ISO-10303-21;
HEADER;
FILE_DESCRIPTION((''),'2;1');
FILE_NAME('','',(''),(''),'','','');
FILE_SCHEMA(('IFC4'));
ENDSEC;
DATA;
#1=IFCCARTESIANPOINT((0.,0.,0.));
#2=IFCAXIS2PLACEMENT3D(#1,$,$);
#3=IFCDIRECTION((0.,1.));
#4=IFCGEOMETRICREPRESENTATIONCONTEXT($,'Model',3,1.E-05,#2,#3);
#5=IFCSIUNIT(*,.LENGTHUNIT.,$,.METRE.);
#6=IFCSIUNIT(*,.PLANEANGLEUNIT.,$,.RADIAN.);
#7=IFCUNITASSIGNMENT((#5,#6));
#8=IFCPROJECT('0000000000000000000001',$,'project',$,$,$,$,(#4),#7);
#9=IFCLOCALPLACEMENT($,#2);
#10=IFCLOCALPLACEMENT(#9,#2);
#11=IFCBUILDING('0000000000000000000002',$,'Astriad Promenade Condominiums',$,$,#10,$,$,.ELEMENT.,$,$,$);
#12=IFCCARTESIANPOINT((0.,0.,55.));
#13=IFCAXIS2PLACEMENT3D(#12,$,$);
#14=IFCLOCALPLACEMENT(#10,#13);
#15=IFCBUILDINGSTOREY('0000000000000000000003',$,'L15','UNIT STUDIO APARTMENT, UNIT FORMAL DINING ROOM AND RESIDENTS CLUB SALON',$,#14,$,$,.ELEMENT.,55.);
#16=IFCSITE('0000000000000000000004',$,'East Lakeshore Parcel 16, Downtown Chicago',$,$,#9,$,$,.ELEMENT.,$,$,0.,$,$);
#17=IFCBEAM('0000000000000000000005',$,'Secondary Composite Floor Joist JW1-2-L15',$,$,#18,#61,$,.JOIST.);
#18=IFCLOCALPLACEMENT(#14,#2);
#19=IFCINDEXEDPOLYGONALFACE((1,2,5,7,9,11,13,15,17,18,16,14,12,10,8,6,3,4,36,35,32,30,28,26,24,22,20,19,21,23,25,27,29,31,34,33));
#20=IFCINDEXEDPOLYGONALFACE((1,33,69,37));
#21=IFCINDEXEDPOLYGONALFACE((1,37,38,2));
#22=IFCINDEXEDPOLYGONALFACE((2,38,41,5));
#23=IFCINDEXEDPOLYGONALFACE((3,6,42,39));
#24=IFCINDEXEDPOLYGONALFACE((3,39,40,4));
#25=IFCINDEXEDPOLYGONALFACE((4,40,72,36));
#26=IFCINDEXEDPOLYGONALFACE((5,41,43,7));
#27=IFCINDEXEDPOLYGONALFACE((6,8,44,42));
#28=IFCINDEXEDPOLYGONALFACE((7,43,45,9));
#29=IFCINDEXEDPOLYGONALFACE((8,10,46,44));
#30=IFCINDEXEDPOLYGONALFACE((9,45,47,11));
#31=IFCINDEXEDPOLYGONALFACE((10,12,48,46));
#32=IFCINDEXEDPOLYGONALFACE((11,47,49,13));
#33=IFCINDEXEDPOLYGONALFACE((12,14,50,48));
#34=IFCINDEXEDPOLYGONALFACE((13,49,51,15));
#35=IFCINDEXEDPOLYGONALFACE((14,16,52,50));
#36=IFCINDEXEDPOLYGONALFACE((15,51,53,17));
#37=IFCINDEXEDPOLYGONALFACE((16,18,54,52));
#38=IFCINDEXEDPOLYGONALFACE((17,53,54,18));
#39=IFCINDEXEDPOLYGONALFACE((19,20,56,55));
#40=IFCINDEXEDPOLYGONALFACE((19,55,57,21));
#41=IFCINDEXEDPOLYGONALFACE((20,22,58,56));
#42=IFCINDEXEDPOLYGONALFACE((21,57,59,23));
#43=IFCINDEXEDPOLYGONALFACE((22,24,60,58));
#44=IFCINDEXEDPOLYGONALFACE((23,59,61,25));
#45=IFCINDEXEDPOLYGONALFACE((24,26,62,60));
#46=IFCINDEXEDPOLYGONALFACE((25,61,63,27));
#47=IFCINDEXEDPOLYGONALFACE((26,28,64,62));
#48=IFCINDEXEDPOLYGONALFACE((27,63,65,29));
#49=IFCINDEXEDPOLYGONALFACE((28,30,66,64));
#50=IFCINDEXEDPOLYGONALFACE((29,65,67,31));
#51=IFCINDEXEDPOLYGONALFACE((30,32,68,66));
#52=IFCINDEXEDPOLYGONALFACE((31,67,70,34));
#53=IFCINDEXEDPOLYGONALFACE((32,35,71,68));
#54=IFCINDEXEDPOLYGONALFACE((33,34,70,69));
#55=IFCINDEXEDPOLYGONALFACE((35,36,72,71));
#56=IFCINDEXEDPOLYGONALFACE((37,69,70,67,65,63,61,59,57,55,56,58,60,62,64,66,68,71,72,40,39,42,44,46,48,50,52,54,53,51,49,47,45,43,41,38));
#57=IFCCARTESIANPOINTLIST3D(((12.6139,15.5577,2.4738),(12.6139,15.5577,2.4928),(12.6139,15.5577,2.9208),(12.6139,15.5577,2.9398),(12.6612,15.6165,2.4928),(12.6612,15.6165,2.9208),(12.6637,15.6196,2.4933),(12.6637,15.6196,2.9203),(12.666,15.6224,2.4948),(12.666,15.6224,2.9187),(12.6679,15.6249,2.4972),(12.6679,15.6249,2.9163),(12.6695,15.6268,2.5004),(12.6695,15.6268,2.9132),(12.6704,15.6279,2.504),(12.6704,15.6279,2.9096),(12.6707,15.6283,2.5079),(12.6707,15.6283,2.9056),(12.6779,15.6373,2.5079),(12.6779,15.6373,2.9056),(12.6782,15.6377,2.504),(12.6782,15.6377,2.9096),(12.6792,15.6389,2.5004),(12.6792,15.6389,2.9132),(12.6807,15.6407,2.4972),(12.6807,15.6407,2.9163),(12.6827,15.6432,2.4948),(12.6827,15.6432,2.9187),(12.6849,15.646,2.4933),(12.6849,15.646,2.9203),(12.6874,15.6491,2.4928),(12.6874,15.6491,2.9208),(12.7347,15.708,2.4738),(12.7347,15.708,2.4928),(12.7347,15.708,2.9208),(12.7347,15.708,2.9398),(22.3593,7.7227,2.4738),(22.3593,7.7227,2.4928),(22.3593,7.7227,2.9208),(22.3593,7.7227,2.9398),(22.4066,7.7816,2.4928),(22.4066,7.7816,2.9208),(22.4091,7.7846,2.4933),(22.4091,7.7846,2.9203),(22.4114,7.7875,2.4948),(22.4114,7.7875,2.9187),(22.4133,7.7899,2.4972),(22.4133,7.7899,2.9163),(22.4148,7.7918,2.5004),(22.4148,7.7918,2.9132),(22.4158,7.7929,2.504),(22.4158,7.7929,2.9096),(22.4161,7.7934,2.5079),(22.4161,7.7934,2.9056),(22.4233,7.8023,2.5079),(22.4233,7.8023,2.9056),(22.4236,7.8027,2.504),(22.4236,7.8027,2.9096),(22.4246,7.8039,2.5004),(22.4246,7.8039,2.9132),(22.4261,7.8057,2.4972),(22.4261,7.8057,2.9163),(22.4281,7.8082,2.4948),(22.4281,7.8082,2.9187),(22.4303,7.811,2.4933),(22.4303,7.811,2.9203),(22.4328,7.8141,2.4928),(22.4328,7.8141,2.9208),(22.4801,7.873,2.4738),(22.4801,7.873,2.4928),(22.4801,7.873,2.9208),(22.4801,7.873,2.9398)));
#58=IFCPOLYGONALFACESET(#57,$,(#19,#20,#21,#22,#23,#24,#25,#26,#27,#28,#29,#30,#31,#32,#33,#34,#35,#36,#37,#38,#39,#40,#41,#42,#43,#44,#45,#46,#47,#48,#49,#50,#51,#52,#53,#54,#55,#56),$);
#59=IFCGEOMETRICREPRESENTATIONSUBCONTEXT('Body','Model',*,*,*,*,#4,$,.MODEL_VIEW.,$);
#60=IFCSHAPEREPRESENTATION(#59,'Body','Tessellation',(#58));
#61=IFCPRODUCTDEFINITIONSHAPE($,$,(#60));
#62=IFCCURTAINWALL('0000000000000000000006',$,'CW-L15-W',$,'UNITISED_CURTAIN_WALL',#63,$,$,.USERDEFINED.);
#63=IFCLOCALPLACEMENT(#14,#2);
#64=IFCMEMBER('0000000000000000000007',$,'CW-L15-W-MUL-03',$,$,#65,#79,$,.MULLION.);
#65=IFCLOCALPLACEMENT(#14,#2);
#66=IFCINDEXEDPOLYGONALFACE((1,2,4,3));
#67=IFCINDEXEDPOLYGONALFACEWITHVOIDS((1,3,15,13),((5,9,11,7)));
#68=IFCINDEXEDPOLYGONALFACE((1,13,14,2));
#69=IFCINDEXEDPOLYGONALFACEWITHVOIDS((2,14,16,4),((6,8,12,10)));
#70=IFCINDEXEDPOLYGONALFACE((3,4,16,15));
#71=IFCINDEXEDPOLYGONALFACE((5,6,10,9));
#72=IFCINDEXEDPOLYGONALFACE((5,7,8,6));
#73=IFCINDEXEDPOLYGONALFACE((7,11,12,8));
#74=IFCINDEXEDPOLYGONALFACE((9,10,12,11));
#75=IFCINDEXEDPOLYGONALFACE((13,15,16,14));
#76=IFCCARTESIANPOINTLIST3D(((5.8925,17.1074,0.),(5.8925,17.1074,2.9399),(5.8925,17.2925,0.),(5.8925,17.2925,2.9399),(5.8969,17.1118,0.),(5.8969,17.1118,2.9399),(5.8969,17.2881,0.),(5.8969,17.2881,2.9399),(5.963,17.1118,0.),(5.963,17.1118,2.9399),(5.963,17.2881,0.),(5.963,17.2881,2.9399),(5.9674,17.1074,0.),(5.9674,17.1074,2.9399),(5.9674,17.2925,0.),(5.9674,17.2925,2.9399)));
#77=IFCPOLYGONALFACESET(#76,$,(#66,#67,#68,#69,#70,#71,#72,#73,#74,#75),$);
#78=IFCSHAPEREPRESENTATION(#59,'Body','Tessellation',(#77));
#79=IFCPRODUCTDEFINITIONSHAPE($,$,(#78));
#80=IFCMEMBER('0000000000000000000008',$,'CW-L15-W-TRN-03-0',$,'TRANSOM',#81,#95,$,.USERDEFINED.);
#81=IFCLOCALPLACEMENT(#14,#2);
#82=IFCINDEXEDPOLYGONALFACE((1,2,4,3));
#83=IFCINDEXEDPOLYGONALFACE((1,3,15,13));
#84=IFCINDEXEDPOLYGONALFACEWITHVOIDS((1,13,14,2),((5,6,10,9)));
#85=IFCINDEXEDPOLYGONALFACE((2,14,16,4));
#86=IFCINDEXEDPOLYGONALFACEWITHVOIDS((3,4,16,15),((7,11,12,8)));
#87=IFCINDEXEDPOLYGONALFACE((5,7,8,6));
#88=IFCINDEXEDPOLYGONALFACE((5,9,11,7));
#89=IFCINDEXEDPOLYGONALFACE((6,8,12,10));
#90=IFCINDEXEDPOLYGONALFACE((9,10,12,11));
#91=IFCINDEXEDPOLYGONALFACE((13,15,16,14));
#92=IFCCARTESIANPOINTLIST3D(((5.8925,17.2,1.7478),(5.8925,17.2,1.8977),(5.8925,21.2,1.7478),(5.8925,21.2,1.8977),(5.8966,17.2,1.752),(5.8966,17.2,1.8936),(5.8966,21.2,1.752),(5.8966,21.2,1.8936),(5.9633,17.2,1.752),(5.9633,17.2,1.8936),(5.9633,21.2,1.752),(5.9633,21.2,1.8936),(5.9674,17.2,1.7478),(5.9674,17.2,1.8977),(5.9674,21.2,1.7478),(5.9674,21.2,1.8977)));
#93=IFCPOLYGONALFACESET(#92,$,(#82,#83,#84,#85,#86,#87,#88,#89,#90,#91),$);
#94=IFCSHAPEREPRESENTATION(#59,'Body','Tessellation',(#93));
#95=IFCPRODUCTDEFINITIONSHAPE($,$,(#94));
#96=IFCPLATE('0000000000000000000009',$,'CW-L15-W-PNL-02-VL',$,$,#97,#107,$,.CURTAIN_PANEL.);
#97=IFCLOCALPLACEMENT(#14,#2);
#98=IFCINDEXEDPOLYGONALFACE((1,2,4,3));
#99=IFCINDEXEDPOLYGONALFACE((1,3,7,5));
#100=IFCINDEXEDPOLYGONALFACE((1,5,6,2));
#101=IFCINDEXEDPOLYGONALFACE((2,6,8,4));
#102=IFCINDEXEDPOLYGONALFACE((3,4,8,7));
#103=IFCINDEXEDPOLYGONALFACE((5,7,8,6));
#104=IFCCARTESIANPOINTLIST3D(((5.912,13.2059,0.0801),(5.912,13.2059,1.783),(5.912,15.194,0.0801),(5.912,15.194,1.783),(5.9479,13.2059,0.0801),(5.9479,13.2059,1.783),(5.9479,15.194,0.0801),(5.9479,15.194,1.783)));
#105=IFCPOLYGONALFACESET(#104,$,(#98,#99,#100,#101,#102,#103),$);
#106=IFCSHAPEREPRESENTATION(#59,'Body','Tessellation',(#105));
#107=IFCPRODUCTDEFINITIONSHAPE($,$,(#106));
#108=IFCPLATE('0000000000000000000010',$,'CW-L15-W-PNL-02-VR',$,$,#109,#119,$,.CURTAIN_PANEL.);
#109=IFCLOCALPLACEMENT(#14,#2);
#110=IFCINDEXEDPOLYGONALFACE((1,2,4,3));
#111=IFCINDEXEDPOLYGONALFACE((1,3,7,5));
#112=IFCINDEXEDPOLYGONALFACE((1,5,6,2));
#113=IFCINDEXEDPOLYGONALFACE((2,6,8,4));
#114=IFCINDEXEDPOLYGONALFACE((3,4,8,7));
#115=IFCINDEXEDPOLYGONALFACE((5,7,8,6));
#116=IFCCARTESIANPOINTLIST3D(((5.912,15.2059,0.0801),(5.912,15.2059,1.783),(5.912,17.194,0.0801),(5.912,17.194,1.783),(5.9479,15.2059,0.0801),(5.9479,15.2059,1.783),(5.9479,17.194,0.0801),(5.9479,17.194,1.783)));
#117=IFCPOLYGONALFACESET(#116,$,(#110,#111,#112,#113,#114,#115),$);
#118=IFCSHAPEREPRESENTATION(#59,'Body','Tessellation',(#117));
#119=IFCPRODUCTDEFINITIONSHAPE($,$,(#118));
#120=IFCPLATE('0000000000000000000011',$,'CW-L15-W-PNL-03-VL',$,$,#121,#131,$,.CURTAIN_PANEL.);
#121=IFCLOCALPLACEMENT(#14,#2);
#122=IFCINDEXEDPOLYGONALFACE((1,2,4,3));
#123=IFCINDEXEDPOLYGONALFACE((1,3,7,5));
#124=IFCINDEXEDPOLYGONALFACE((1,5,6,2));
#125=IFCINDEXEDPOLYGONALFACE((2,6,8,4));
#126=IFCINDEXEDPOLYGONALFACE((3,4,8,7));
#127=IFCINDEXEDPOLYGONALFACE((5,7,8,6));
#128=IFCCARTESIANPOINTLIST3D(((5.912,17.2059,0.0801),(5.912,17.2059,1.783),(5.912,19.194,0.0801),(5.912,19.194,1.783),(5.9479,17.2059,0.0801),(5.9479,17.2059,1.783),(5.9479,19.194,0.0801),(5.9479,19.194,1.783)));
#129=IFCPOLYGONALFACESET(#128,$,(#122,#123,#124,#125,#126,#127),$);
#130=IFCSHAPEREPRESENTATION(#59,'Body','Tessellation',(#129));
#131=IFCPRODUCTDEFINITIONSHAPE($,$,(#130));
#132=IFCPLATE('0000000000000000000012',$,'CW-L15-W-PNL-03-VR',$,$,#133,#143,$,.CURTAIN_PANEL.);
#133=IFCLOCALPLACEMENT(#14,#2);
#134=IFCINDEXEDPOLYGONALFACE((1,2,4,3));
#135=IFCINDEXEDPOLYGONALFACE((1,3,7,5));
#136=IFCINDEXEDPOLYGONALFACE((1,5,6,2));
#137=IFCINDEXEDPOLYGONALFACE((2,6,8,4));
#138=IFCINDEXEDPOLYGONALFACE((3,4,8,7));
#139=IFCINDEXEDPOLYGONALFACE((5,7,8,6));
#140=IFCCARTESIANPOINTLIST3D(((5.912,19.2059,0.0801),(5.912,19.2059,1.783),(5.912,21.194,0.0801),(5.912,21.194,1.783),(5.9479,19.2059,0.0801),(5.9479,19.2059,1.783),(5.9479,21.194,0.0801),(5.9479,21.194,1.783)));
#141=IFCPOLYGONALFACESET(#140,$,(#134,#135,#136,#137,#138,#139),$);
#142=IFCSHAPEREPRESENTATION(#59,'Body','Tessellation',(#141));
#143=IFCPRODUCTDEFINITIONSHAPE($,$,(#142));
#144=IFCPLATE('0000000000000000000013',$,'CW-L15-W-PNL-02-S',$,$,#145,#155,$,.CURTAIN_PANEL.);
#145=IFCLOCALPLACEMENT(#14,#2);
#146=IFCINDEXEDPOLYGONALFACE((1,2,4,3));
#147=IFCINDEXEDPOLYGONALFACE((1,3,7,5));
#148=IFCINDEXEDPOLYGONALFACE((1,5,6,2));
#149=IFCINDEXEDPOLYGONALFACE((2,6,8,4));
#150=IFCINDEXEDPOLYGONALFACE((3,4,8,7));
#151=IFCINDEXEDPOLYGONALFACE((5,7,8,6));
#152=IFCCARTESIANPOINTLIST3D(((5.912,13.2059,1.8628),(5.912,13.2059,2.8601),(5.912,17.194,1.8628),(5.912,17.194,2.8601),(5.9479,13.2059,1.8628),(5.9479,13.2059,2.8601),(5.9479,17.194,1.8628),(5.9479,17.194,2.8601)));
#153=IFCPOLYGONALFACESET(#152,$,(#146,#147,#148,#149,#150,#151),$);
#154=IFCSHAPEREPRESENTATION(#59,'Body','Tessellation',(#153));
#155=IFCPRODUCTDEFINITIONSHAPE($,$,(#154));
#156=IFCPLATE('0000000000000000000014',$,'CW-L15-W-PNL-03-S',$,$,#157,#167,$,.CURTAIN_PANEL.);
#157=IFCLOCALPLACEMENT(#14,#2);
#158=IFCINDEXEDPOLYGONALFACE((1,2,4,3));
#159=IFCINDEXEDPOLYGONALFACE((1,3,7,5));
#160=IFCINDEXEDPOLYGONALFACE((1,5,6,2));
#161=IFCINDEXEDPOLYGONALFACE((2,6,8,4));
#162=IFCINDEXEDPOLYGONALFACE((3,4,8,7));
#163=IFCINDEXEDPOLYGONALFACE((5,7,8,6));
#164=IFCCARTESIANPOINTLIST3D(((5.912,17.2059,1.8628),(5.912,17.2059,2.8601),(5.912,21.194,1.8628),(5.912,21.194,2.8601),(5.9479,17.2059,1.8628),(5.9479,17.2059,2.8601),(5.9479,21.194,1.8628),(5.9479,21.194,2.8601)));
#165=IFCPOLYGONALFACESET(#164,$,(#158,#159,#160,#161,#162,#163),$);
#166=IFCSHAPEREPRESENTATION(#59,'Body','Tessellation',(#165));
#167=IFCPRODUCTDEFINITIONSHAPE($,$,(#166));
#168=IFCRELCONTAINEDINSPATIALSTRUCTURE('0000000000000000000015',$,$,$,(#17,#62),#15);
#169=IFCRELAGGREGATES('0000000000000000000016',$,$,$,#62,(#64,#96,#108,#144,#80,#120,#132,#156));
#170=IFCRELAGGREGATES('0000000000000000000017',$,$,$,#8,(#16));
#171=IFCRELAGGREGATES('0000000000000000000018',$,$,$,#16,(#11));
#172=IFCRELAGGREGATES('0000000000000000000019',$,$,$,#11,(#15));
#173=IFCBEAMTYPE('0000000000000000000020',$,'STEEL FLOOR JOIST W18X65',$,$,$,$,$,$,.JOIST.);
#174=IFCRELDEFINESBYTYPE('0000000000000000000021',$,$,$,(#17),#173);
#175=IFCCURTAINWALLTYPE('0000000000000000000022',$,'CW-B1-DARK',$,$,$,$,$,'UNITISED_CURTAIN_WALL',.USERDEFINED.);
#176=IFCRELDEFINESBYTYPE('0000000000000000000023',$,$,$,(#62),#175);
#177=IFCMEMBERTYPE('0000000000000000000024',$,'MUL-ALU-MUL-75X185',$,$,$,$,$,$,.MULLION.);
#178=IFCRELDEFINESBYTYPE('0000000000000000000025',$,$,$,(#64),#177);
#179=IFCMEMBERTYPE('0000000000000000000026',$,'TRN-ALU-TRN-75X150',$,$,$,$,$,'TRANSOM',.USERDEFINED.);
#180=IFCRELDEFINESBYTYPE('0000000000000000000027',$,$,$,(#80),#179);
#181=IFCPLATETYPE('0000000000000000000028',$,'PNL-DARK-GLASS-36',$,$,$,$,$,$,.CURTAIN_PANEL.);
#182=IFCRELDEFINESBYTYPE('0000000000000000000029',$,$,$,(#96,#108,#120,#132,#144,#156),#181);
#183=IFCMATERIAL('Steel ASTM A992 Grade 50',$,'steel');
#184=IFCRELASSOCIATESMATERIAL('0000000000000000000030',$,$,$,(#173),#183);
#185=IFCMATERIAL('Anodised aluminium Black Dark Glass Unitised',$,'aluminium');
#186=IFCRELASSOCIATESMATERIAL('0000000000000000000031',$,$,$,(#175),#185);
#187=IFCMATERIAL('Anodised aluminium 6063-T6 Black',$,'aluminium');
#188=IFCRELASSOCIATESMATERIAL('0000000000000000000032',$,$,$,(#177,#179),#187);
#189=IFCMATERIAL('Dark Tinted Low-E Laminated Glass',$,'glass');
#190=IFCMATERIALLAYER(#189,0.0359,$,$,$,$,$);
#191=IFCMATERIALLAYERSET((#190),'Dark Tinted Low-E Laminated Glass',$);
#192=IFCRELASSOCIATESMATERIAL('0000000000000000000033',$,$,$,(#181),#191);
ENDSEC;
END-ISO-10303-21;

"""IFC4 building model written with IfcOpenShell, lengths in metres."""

from ifc_helpers import new_model, si_unit, direction, frame, origin, origin_2d, place, context, subcontext, project, spatial, rectangle, hollow_rectangle, i_section, extrude, source, transform, mapped, material, layer, layer_set, material_profile, profile_set, type_object, type_shapes, element, aggregate, save


model = new_model("IFC4")

# Units and contexts
model_context = context("Model", 3, precision=1e-05, world=origin(), true_north=direction((0.0, 1.0)))
body_context = subcontext(model_context, "Body", "Model", "MODEL_VIEW")
ifc_project = project(units=[si_unit("LENGTHUNIT", "METRE"), si_unit("PLANEANGLEUNIT", "RADIAN")], contexts=[model_context])

# Site, building, storey
site_placement = place(None, origin())
site = spatial("IfcSite", under=ifc_project, at=site_placement, Name="East Lakeshore Parcel 16, Downtown Chicago", CompositionType="ELEMENT", RefElevation=0.0)
building_placement = place(site_placement, origin())
building = spatial("IfcBuilding", under=site, at=building_placement, Name="Astriad Promenade Condominiums", CompositionType="ELEMENT")
storey_placement = place(building_placement, frame((0.0, 0.0, 55.0)))
storey = spatial("IfcBuildingStorey", under=building, at=storey_placement, Name="L15", Description="UNIT STUDIO APARTMENT, UNIT FORMAL DINING ROOM AND RESIDENTS CLUB SALON", CompositionType="ELEMENT", Elevation=55.0)

# Beam
ifc_material_1 = material(Name="Steel ASTM A992 Grade 50", Category="steel")
ifc_material_profile_1 = material_profile(ifc_material_1, i_section(OverallWidth=0.1929, OverallDepth=0.4661, WebThickness=0.0115, FlangeThickness=0.019, FilletRadius=0.0151, at=origin_2d()), Name="W18X65")
ifc_profile_set_1 = profile_set([ifc_material_profile_1], Name="Steel ASTM A992 Grade 50")
beam_type_1 = type_object("IfcBeamType", Name="STEEL FLOOR JOIST W18X65", PredefinedType="JOIST", material=ifc_profile_set_1)
shared_shape_1 = source(origin(), body_context, "Body", "SweptSolid", [
    extrude(i_section(OverallWidth=0.1929, OverallDepth=0.4661, WebThickness=0.0115, FlangeThickness=0.019, FilletRadius=0.0151, at=origin_2d()), origin(), (0.0, 0.0, 1.0), 12.5044),
])
beam_1_placement = place(storey_placement, frame((12.6743, 15.6328, 2.7068), z_axis=(0.779358, -0.626579, 0.0), x_axis=(0.626579, 0.779358, 0.0)))
element("IfcBeam", 1, at=beam_1_placement, inside=storey, type_object=beam_type_1, Name="Secondary Composite Floor Joist JW1-2-L15", PredefinedType="JOIST", context=body_context, shape_type="MappedRepresentation", body=[
    mapped(shared_shape_1, transform((0.0, 0.0, 0.0), scale=1.0)),
])

# Curtain wall, members, plates
ifc_material_2 = material(Name="Anodised aluminium Black Dark Glass Unitised", Category="aluminium")
curtain_wall_type = type_object("IfcCurtainWallType", Name="CW-B1-DARK", ElementType="UNITISED_CURTAIN_WALL", PredefinedType="USERDEFINED", material=ifc_material_2)
curtain_wall_placement = place(storey_placement, origin())
curtain_wall = element("IfcCurtainWall", 2, at=curtain_wall_placement, inside=storey, type_object=curtain_wall_type, Name="CW-L15-W", ObjectType="UNITISED_CURTAIN_WALL", PredefinedType="USERDEFINED")
ifc_material_3 = material(Name="Anodised aluminium 6063-T6 Black", Category="aluminium")
ifc_material_profile_2 = material_profile(ifc_material_3, hollow_rectangle(XDim=0.075, YDim=0.1851, WallThickness=0.0044, at=origin_2d()), Name="ALU-MUL-75X185")
ifc_profile_set_2 = profile_set([ifc_material_profile_2], Name="Anodised aluminium 6063-T6 Black")
member_type_1 = type_object("IfcMemberType", Name="MUL-ALU-MUL-75X185", PredefinedType="MULLION", material=ifc_profile_set_2)
shared_shape_2 = source(origin(), body_context, "Body", "SweptSolid", [
    extrude(hollow_rectangle(XDim=0.075, YDim=0.1851, WallThickness=0.0044, at=origin_2d()), origin(), (0.0, 0.0, 1.0), 2.9399),
])
type_shapes(member_type_1, [shared_shape_2])
member_1_placement = place(storey_placement, frame((5.9299, 17.2, 0.0), z_axis=(0.0, 0.0, 1.0), x_axis=(1.0, 0.0, 0.0)))
member_1 = element("IfcMember", 3, at=member_1_placement, type_object=member_type_1, Name="CW-L15-W-MUL-03", PredefinedType="MULLION", context=body_context, shape_type="MappedRepresentation", body=[
    mapped(shared_shape_2, transform((0.0, 0.0, 0.0), scale=1.0)),
])
ifc_material_profile_3 = material_profile(ifc_material_3, hollow_rectangle(XDim=0.075, YDim=0.1499, WallThickness=0.0042, at=origin_2d()), Name="ALU-TRN-75X150")
ifc_profile_set_3 = profile_set([ifc_material_profile_3], Name="Anodised aluminium 6063-T6 Black")
member_type_2 = type_object("IfcMemberType", Name="TRN-ALU-TRN-75X150", ElementType="TRANSOM", PredefinedType="USERDEFINED", material=ifc_profile_set_3)
shared_shape_3 = source(origin(), body_context, "Body", "SweptSolid", [
    extrude(hollow_rectangle(XDim=0.075, YDim=0.1499, WallThickness=0.0042, at=origin_2d()), origin(), (0.0, 0.0, 1.0), 4.0),
])
type_shapes(member_type_2, [shared_shape_3])
member_2_placement = place(storey_placement, frame((5.9299, 17.2, 1.8228), z_axis=(0.0, 1.0, 0.0), x_axis=(-1.0, 0.0, 0.0)))
member_2 = element("IfcMember", 4, at=member_2_placement, type_object=member_type_2, Name="CW-L15-W-TRN-03-0", ObjectType="TRANSOM", PredefinedType="USERDEFINED", context=body_context, shape_type="MappedRepresentation", body=[
    mapped(shared_shape_3, transform((0.0, 0.0, 0.0), scale=1.0)),
])
ifc_material_4 = material(Name="Dark Tinted Low-E Laminated Glass", Category="glass")
ifc_layer_1 = layer(ifc_material_4, 0.0359)
ifc_layer_set_1 = layer_set([ifc_layer_1], Name="Dark Tinted Low-E Laminated Glass")
plate_type = type_object("IfcPlateType", Name="PNL-DARK-GLASS-36", PredefinedType="CURTAIN_PANEL", material=ifc_layer_set_1)
shared_shape_4 = source(origin(), body_context, "Body", "SweptSolid", [
    extrude(rectangle(XDim=1.988, YDim=0.0359, at=origin_2d()), origin(), (0.0, 0.0, 1.0), 1.7029),
])
plate_1_placement = place(storey_placement, frame((5.9299, 14.2, 0.0801), z_axis=(0.0, 0.0, 1.0), x_axis=(0.0, 1.0, 0.0)))
plate_1 = element("IfcPlate", 5, at=plate_1_placement, type_object=plate_type, Name="CW-L15-W-PNL-02-VL", PredefinedType="CURTAIN_PANEL", context=body_context, shape_type="MappedRepresentation", body=[
    mapped(shared_shape_4, transform((0.0, 0.0, 0.0), scale=1.0)),
])
plate_2_placement = place(storey_placement, frame((5.9299, 16.2, 0.0801), z_axis=(0.0, 0.0, 1.0), x_axis=(0.0, 1.0, 0.0)))
plate_2 = element("IfcPlate", 6, at=plate_2_placement, type_object=plate_type, Name="CW-L15-W-PNL-02-VR", PredefinedType="CURTAIN_PANEL", context=body_context, shape_type="MappedRepresentation", body=[
    mapped(shared_shape_4, transform((0.0, 0.0, 0.0), scale=1.0)),
])
plate_3_placement = place(storey_placement, frame((5.9299, 18.2, 0.0801), z_axis=(0.0, 0.0, 1.0), x_axis=(0.0, 1.0, 0.0)))
plate_3 = element("IfcPlate", 7, at=plate_3_placement, type_object=plate_type, Name="CW-L15-W-PNL-03-VL", PredefinedType="CURTAIN_PANEL", context=body_context, shape_type="MappedRepresentation", body=[
    mapped(shared_shape_4, transform((0.0, 0.0, 0.0), scale=1.0)),
])
plate_4_placement = place(storey_placement, frame((5.9299, 20.2, 0.0801), z_axis=(0.0, 0.0, 1.0), x_axis=(0.0, 1.0, 0.0)))
plate_4 = element("IfcPlate", 8, at=plate_4_placement, type_object=plate_type, Name="CW-L15-W-PNL-03-VR", PredefinedType="CURTAIN_PANEL", context=body_context, shape_type="MappedRepresentation", body=[
    mapped(shared_shape_4, transform((0.0, 0.0, 0.0), scale=1.0)),
])
shared_shape_5 = source(origin(), body_context, "Body", "SweptSolid", [
    extrude(rectangle(XDim=3.988, YDim=0.0359, at=origin_2d()), origin(), (0.0, 0.0, 1.0), 0.9973),
])
type_shapes(plate_type, [shared_shape_4, shared_shape_5])
plate_5_placement = place(storey_placement, frame((5.9299, 15.2, 1.8628), z_axis=(0.0, 0.0, 1.0), x_axis=(0.0, 1.0, 0.0)))
plate_5 = element("IfcPlate", 9, at=plate_5_placement, type_object=plate_type, Name="CW-L15-W-PNL-02-S", PredefinedType="CURTAIN_PANEL", context=body_context, shape_type="MappedRepresentation", body=[
    mapped(shared_shape_5, transform((0.0, 0.0, 0.0), scale=1.0)),
])
plate_6_placement = place(storey_placement, frame((5.9299, 19.2, 1.8628), z_axis=(0.0, 0.0, 1.0), x_axis=(0.0, 1.0, 0.0)))
plate_6 = element("IfcPlate", 10, at=plate_6_placement, type_object=plate_type, Name="CW-L15-W-PNL-03-S", PredefinedType="CURTAIN_PANEL", context=body_context, shape_type="MappedRepresentation", body=[
    mapped(shared_shape_5, transform((0.0, 0.0, 0.0), scale=1.0)),
])
aggregate(curtain_wall, [member_1, plate_1, plate_2, plate_5, member_2, plate_3, plate_4, plate_6])

save(model, "model.ifc")
